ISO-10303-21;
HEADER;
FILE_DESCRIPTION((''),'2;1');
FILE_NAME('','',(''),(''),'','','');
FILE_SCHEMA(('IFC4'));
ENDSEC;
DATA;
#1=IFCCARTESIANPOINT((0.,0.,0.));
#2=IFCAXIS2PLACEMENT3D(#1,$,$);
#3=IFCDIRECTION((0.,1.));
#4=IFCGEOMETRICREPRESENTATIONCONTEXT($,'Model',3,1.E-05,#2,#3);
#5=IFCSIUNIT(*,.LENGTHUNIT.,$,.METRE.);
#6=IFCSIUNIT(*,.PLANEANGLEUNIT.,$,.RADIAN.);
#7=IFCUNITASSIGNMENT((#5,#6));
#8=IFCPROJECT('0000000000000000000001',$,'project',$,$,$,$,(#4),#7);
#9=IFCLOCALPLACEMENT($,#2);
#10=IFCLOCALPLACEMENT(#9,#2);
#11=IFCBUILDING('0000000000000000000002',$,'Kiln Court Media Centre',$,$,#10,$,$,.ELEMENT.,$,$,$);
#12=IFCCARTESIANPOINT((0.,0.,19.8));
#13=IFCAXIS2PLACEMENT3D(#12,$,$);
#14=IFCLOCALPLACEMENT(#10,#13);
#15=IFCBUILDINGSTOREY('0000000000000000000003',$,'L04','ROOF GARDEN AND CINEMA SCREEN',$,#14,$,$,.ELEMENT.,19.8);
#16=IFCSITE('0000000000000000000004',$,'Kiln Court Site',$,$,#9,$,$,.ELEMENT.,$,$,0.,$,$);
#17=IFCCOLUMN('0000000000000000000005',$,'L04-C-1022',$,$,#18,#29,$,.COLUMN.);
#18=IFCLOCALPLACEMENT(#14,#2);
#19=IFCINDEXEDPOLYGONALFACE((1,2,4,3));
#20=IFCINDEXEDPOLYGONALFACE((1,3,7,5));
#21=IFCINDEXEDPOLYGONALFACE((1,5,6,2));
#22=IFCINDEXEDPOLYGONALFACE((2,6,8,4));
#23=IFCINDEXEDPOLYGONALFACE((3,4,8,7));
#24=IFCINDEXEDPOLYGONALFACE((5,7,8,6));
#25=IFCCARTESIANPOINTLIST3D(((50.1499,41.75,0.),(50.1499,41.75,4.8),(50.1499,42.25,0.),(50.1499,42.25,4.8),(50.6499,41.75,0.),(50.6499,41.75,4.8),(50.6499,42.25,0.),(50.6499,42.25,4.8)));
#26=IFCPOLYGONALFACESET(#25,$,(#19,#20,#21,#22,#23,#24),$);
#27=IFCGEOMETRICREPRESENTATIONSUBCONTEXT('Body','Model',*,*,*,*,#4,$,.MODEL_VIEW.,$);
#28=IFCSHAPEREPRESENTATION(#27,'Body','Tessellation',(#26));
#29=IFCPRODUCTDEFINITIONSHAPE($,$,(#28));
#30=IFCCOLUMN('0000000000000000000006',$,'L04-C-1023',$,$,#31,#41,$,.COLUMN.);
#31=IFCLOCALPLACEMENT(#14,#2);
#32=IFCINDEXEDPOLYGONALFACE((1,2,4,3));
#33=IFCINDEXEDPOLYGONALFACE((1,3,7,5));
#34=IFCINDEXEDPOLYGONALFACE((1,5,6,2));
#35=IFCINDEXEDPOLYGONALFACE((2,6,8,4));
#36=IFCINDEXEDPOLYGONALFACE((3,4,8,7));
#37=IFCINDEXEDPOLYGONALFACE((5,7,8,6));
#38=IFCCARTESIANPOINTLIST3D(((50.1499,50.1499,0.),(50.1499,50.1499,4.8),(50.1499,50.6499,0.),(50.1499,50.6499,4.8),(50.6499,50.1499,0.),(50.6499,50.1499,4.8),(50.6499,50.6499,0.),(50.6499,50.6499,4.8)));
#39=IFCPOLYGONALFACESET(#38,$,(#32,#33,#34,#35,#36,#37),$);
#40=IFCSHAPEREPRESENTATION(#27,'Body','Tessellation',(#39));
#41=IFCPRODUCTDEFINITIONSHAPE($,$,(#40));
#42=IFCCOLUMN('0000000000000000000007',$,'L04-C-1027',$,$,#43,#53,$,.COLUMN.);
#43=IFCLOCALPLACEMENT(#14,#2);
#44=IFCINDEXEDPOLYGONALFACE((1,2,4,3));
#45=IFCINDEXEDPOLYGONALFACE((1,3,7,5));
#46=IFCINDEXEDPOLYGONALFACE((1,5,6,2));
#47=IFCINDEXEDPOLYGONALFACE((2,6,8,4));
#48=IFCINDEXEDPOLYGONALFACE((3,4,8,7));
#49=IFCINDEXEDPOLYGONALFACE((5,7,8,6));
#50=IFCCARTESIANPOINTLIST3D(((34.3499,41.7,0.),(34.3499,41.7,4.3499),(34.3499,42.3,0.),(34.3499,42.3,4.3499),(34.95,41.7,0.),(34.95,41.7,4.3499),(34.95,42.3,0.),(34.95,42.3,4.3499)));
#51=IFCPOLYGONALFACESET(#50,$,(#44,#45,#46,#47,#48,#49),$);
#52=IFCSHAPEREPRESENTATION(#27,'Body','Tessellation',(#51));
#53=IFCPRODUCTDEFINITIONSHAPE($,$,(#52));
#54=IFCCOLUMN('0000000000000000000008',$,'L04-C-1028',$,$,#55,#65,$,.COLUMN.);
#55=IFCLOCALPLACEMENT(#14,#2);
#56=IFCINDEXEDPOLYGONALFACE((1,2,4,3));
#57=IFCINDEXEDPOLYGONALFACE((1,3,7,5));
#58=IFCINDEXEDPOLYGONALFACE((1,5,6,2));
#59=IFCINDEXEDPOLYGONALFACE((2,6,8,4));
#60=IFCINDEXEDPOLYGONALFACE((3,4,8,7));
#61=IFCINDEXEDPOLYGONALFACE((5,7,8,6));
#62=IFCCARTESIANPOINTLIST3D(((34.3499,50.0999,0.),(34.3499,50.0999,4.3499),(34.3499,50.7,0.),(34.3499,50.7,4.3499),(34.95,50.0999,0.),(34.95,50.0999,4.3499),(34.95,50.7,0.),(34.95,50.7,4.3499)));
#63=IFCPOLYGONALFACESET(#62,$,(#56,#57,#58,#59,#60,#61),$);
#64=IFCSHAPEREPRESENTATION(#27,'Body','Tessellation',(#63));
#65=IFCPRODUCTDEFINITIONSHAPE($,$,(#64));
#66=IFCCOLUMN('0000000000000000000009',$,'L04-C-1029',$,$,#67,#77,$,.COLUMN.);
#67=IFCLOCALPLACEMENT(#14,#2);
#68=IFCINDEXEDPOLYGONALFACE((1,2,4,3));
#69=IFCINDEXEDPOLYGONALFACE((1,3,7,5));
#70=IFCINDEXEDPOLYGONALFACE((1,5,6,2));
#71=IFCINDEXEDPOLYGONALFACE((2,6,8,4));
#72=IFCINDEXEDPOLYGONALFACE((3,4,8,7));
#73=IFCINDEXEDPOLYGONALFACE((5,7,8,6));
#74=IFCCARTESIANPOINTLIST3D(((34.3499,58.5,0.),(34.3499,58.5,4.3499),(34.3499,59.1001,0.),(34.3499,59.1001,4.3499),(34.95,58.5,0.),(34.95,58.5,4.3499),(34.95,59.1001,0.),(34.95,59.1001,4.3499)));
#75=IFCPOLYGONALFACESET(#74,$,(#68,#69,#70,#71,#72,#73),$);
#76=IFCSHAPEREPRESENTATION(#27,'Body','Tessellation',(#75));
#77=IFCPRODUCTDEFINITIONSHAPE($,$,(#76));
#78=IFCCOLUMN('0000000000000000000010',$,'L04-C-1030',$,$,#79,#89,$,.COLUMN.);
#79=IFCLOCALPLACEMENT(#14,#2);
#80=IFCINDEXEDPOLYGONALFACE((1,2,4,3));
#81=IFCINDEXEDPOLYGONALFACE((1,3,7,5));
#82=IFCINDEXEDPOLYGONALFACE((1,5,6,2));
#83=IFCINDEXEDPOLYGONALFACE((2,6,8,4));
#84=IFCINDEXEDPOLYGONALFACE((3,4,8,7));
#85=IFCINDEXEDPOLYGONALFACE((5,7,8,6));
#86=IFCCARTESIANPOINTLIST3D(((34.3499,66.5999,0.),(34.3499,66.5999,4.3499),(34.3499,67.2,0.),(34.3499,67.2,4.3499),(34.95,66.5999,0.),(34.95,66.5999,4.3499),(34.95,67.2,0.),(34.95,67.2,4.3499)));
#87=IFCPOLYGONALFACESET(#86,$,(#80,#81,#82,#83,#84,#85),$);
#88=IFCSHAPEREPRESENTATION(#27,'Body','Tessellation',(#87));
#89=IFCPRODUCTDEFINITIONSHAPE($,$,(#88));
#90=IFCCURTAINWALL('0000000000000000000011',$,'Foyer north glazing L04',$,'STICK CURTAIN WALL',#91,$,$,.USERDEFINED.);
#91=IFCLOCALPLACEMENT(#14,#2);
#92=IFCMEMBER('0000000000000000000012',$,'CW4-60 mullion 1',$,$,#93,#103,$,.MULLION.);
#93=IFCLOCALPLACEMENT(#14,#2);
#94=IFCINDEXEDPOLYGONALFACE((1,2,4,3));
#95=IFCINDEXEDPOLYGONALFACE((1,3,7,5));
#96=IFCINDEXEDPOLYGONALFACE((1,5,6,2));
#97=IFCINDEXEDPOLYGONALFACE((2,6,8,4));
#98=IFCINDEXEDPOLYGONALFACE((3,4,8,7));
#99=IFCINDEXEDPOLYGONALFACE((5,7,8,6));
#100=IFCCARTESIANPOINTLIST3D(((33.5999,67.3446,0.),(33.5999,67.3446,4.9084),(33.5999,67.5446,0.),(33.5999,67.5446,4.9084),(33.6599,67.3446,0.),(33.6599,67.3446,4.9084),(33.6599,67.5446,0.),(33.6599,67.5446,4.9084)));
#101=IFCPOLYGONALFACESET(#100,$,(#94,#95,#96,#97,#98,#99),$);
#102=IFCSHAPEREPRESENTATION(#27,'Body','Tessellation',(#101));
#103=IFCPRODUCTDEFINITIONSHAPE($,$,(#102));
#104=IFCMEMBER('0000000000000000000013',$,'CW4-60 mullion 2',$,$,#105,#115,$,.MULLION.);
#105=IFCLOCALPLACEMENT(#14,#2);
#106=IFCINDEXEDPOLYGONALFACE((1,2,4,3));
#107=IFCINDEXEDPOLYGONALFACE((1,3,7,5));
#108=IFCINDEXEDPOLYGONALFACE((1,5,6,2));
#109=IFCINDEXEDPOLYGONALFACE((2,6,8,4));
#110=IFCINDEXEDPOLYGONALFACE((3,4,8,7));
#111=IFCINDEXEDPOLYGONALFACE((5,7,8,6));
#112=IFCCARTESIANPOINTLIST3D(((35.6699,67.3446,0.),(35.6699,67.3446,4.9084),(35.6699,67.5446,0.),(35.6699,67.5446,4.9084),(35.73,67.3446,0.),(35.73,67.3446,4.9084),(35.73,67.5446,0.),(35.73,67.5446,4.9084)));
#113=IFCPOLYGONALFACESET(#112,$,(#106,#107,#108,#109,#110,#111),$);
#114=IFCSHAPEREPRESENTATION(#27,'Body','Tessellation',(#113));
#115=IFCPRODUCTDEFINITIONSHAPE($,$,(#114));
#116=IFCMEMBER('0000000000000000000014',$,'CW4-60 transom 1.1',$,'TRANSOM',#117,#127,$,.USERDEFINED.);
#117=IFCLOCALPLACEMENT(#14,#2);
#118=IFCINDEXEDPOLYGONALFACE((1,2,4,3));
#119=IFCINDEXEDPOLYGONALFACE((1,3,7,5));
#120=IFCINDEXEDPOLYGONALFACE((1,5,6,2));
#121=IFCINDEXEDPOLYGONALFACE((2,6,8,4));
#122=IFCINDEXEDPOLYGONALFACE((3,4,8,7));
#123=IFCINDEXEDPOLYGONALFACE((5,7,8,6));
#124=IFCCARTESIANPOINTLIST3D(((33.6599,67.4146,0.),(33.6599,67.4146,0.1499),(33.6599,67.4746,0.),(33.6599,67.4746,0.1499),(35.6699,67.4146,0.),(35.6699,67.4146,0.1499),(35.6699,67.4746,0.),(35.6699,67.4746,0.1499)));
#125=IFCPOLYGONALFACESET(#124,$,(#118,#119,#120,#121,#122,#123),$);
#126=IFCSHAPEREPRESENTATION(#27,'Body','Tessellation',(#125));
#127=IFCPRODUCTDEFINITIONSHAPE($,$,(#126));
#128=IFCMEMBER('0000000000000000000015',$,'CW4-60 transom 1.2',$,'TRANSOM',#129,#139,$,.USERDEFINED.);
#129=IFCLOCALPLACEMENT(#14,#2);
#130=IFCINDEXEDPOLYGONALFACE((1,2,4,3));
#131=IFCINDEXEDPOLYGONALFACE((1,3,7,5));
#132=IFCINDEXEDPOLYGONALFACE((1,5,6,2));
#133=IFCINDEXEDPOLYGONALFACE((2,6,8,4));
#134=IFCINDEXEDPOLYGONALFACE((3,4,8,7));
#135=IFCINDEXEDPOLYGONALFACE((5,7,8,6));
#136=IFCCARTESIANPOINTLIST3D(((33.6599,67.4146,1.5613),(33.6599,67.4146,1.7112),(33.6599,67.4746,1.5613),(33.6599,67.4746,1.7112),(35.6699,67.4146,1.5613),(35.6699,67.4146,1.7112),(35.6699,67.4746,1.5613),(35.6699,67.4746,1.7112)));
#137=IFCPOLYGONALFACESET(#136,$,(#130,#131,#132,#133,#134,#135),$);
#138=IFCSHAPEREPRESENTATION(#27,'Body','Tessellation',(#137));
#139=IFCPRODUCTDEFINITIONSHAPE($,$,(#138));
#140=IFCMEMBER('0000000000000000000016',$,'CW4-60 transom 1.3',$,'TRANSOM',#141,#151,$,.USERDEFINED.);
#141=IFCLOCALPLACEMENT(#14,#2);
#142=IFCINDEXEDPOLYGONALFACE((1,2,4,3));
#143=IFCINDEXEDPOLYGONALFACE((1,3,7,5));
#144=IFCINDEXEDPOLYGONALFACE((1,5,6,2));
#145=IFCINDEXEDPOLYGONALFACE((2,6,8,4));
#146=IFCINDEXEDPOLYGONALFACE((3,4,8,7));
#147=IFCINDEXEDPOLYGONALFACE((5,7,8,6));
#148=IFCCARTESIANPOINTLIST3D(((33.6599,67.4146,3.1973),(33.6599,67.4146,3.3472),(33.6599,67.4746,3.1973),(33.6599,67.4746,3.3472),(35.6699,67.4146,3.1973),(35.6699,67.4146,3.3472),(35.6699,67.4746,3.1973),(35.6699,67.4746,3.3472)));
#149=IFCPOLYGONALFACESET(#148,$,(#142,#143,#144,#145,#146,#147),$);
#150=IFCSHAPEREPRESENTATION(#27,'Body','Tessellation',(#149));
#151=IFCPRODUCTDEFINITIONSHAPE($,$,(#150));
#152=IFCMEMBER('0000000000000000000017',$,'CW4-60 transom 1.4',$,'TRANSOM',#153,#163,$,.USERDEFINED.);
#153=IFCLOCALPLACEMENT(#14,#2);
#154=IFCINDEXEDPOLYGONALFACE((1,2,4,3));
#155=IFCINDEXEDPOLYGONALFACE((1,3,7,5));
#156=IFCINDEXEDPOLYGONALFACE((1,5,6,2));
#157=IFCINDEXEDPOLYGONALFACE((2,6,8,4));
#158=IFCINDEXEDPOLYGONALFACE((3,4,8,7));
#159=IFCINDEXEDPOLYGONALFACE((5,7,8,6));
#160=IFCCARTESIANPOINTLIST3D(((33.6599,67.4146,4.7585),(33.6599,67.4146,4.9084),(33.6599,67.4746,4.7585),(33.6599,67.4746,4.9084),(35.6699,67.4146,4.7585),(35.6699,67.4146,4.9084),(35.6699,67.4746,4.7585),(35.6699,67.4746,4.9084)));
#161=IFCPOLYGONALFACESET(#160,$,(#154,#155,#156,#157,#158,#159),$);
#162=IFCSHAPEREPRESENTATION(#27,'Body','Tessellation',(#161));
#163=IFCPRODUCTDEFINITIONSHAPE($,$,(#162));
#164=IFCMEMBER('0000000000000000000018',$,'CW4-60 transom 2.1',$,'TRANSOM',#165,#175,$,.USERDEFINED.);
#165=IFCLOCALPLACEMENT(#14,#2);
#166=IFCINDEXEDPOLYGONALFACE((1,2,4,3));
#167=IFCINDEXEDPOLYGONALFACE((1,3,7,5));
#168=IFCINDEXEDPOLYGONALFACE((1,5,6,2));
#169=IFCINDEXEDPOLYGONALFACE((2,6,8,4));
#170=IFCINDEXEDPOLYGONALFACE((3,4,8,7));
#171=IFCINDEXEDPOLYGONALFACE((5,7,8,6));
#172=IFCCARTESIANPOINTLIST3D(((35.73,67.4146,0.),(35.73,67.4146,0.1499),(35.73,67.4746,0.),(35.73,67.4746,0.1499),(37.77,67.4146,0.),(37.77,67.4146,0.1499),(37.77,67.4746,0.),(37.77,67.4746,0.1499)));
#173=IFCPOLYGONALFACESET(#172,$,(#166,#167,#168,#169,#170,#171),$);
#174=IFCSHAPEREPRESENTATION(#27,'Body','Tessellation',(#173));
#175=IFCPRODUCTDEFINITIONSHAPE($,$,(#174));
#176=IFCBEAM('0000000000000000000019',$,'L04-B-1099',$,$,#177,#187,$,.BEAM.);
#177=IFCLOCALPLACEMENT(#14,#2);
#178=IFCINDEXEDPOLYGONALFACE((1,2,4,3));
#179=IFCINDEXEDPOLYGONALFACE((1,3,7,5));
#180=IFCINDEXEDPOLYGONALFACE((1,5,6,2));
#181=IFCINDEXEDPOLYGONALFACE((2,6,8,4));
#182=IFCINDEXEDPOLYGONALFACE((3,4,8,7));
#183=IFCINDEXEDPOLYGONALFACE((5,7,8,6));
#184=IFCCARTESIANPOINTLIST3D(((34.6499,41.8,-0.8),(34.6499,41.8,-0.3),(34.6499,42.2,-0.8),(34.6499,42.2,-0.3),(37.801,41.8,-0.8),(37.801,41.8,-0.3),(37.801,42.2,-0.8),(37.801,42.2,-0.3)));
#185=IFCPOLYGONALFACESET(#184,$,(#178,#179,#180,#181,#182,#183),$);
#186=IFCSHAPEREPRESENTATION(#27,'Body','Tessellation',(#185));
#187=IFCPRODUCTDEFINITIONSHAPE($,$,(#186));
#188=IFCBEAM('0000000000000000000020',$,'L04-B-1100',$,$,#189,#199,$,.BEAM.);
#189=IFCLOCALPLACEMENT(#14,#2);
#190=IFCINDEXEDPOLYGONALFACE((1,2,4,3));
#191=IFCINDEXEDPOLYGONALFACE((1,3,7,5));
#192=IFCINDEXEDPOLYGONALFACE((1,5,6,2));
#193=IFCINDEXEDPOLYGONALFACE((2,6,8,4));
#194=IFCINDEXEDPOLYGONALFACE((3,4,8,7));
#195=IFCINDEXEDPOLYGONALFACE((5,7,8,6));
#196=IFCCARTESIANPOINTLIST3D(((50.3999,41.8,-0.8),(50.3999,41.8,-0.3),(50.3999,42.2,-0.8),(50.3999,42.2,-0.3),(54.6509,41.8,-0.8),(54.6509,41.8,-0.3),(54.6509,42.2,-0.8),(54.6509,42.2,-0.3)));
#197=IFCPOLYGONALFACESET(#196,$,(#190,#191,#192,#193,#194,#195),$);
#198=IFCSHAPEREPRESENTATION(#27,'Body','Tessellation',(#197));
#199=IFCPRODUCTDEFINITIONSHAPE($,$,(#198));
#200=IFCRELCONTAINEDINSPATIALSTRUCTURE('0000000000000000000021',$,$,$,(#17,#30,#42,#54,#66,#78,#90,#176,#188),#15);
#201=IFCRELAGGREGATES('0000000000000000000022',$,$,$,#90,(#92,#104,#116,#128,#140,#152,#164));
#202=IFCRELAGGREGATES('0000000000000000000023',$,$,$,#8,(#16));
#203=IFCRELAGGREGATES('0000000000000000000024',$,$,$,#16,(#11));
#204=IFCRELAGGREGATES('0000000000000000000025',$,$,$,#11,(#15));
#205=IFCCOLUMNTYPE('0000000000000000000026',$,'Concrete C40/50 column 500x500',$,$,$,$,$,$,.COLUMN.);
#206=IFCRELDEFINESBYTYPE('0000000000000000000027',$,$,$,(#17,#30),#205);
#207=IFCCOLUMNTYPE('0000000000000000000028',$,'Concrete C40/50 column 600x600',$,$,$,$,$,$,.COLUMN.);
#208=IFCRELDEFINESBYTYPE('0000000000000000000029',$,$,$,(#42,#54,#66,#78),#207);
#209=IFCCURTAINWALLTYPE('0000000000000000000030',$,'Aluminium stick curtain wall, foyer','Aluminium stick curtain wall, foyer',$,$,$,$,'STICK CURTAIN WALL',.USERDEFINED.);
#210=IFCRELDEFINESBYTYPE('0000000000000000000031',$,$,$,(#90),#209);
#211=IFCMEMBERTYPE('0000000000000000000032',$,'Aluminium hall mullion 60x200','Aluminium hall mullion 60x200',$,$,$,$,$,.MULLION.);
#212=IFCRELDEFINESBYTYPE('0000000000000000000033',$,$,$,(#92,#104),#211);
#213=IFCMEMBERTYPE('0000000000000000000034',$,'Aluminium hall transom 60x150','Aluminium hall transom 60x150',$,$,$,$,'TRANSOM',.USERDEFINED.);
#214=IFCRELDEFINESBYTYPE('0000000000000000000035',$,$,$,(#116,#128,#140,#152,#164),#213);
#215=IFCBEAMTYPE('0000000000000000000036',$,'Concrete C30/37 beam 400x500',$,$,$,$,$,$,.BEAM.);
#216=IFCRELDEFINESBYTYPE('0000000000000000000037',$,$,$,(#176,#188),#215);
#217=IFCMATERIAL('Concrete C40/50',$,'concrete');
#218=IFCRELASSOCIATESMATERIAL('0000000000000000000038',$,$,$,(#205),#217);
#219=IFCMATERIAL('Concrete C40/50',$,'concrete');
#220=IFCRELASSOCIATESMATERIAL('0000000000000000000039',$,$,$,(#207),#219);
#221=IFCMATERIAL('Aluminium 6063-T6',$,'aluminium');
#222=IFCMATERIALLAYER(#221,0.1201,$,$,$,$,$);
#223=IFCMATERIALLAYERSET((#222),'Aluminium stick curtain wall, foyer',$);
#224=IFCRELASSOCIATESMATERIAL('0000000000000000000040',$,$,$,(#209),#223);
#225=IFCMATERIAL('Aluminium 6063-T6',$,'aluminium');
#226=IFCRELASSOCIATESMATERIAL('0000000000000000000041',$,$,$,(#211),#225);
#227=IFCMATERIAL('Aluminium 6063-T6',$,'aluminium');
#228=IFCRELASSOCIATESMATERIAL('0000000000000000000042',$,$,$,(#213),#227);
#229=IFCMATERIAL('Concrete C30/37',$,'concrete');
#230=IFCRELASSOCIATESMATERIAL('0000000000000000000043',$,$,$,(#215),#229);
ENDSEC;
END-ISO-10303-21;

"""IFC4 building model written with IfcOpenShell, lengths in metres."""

from ifc_helpers import new_model, si_unit, direction, frame, origin, origin_2d, place, context, subcontext, project, spatial, rectangle, extrude, material, layer, layer_set, material_profile, profile_set, type_object, element, aggregate, save


model = new_model("IFC4")

# Units and contexts
model_context = context("Model", 3, precision=1e-05, world=origin(), true_north=direction((0.0, 1.0)))
body_context = subcontext(model_context, "Body", "Model", "MODEL_VIEW")
ifc_project = project(units=[si_unit("LENGTHUNIT", "METRE"), si_unit("PLANEANGLEUNIT", "RADIAN")], contexts=[model_context])

# Site, building, storey
site_placement = place(None, origin())
site = spatial("IfcSite", under=ifc_project, at=site_placement, Name="Kiln Court Site", CompositionType="ELEMENT", RefElevation=0.0)
building_placement = place(site_placement, origin())
building = spatial("IfcBuilding", under=site, at=building_placement, Name="Kiln Court Media Centre", CompositionType="ELEMENT")
storey_placement = place(building_placement, frame((0.0, 0.0, 19.8)))
storey = spatial("IfcBuildingStorey", under=building, at=storey_placement, Name="L04", Description="ROOF GARDEN AND CINEMA SCREEN", CompositionType="ELEMENT", Elevation=19.8)

# Columns
ifc_material_1 = material(Name="Concrete C40/50", Category="concrete")
ifc_material_profile_1 = material_profile(ifc_material_1, rectangle(XDim=0.5, YDim=0.5, at=origin_2d()), Name="RC 500x500")
ifc_profile_set_1 = profile_set([ifc_material_profile_1], Name="Concrete C40/50")
column_type_1 = type_object("IfcColumnType", Name="Concrete C40/50 column 500x500", PredefinedType="COLUMN", material=ifc_profile_set_1)
for number, where, z_axis, x_axis, name in (
    (1, (50.3999, 42.0, 0.0), (0.0, 0.0, 1.0), (1.0, 0.0, 0.0), "L04-C-1022"),
    (2, (50.3999, 50.3999, 0.0), (0.0, 0.0, 1.0), (1.0, 0.0, 0.0), "L04-C-1023"),
):
    element("IfcColumn", number, at=place(storey_placement, frame(where, z_axis=z_axis, x_axis=x_axis)), inside=storey, type_object=column_type_1, Name=name, PredefinedType="COLUMN", context=body_context, shape_type="SweptSolid", body=[
        extrude(rectangle(XDim=0.5, YDim=0.5, at=origin_2d()), origin(), (0.0, 0.0, 1.0), 4.8),
    ])
ifc_material_2 = material(Name="Concrete C40/50", Category="concrete")
ifc_material_profile_2 = material_profile(ifc_material_2, rectangle(XDim=0.6001, YDim=0.6001, at=origin_2d()), Name="RC 600x600")
ifc_profile_set_2 = profile_set([ifc_material_profile_2], Name="Concrete C40/50")
column_type_2 = type_object("IfcColumnType", Name="Concrete C40/50 column 600x600", PredefinedType="COLUMN", material=ifc_profile_set_2)
for number, where, z_axis, x_axis, name in (
    (3, (34.6499, 42.0, 0.0), (0.0, 0.0, 1.0), (1.0, 0.0, 0.0), "L04-C-1027"),
    (4, (34.6499, 50.3999, 0.0), (0.0, 0.0, 1.0), (1.0, 0.0, 0.0), "L04-C-1028"),
    (5, (34.6499, 58.8, 0.0), (0.0, 0.0, 1.0), (1.0, 0.0, 0.0), "L04-C-1029"),
    (6, (34.6499, 66.8999, 0.0), (0.0, 0.0, 1.0), (1.0, 0.0, 0.0), "L04-C-1030"),
):
    element("IfcColumn", number, at=place(storey_placement, frame(where, z_axis=z_axis, x_axis=x_axis)), inside=storey, type_object=column_type_2, Name=name, PredefinedType="COLUMN", context=body_context, shape_type="SweptSolid", body=[
        extrude(rectangle(XDim=0.6001, YDim=0.6001, at=origin_2d()), origin(), (0.0, 0.0, 1.0), 4.3499),
    ])

# Curtain wall, members
ifc_material_3 = material(Name="Aluminium 6063-T6", Category="aluminium")
ifc_layer_1 = layer(ifc_material_3, 0.1201)
ifc_layer_set_1 = layer_set([ifc_layer_1], Name="Aluminium stick curtain wall, foyer")
curtain_wall_type = type_object("IfcCurtainWallType", Name="Aluminium stick curtain wall, foyer", Description="Aluminium stick curtain wall, foyer", ElementType="STICK CURTAIN WALL", PredefinedType="USERDEFINED", material=ifc_layer_set_1)
curtain_wall_placement = place(storey_placement, origin())
curtain_wall = element("IfcCurtainWall", 7, at=curtain_wall_placement, inside=storey, type_object=curtain_wall_type, Name="Foyer north glazing L04", ObjectType="STICK CURTAIN WALL", PredefinedType="USERDEFINED")
ifc_material_4 = material(Name="Aluminium 6063-T6", Category="aluminium")
ifc_material_profile_3 = material_profile(ifc_material_4, rectangle(XDim=0.0601, YDim=0.2, at=origin_2d()), Name="Aluminium hall mullion 60x200")
ifc_profile_set_3 = profile_set([ifc_material_profile_3], Name="Aluminium 6063-T6")
member_type_1 = type_object("IfcMemberType", Name="Aluminium hall mullion 60x200", Description="Aluminium hall mullion 60x200", PredefinedType="MULLION", material=ifc_profile_set_3)
member_1_placement = place(storey_placement, frame((33.6299, 67.4446, 0.0), z_axis=(0.0, 0.0, 1.0), x_axis=(1.0, 0.0, 0.0)))
member_1 = element("IfcMember", 8, at=member_1_placement, type_object=member_type_1, Name="CW4-60 mullion 1", PredefinedType="MULLION", context=body_context, shape_type="SweptSolid", body=[
    extrude(rectangle(XDim=0.0601, YDim=0.2, at=origin_2d()), origin(), (0.0, 0.0, 1.0), 4.9084),
])
member_2_placement = place(storey_placement, frame((35.7, 67.4446, 0.0), z_axis=(0.0, 0.0, 1.0), x_axis=(1.0, 0.0, 0.0)))
member_2 = element("IfcMember", 9, at=member_2_placement, type_object=member_type_1, Name="CW4-60 mullion 2", PredefinedType="MULLION", context=body_context, shape_type="SweptSolid", body=[
    extrude(rectangle(XDim=0.0601, YDim=0.2, at=origin_2d()), origin(), (0.0, 0.0, 1.0), 4.9084),
])
ifc_material_5 = material(Name="Aluminium 6063-T6", Category="aluminium")
ifc_material_profile_4 = material_profile(ifc_material_5, rectangle(XDim=0.0601, YDim=0.1499, at=origin_2d()), Name="Aluminium hall transom 60x150")
ifc_profile_set_4 = profile_set([ifc_material_profile_4], Name="Aluminium 6063-T6")
member_type_2 = type_object("IfcMemberType", Name="Aluminium hall transom 60x150", Description="Aluminium hall transom 60x150", ElementType="TRANSOM", PredefinedType="USERDEFINED", material=ifc_profile_set_4)
member_3_placement = place(storey_placement, frame((33.6599, 67.4446, 0.075), z_axis=(1.0, 0.0, 0.0), x_axis=(0.0, 1.0, 0.0)))
member_3 = element("IfcMember", 10, at=member_3_placement, type_object=member_type_2, Name="CW4-60 transom 1.1", ObjectType="TRANSOM", PredefinedType="USERDEFINED", context=body_context, shape_type="SweptSolid", body=[
    extrude(rectangle(XDim=0.0601, YDim=0.1499, at=origin_2d()), origin(), (0.0, 0.0, 1.0), 2.01),
])
member_4_placement = place(storey_placement, frame((33.6599, 67.4446, 1.6362), z_axis=(1.0, 0.0, 0.0), x_axis=(0.0, 1.0, 0.0)))
member_4 = element("IfcMember", 11, at=member_4_placement, type_object=member_type_2, Name="CW4-60 transom 1.2", ObjectType="TRANSOM", PredefinedType="USERDEFINED", context=body_context, shape_type="SweptSolid", body=[
    extrude(rectangle(XDim=0.0601, YDim=0.1499, at=origin_2d()), origin(), (0.0, 0.0, 1.0), 2.01),
])
member_5_placement = place(storey_placement, frame((33.6599, 67.4446, 3.2722), z_axis=(1.0, 0.0, 0.0), x_axis=(0.0, 1.0, 0.0)))
member_5 = element("IfcMember", 12, at=member_5_placement, type_object=member_type_2, Name="CW4-60 transom 1.3", ObjectType="TRANSOM", PredefinedType="USERDEFINED", context=body_context, shape_type="SweptSolid", body=[
    extrude(rectangle(XDim=0.0601, YDim=0.1499, at=origin_2d()), origin(), (0.0, 0.0, 1.0), 2.01),
])
member_6_placement = place(storey_placement, frame((33.6599, 67.4446, 4.8335), z_axis=(1.0, 0.0, 0.0), x_axis=(0.0, 1.0, 0.0)))
member_6 = element("IfcMember", 13, at=member_6_placement, type_object=member_type_2, Name="CW4-60 transom 1.4", ObjectType="TRANSOM", PredefinedType="USERDEFINED", context=body_context, shape_type="SweptSolid", body=[
    extrude(rectangle(XDim=0.0601, YDim=0.1499, at=origin_2d()), origin(), (0.0, 0.0, 1.0), 2.01),
])
member_7_placement = place(storey_placement, frame((35.73, 67.4446, 0.075), z_axis=(1.0, 0.0, 0.0), x_axis=(0.0, 1.0, 0.0)))
member_7 = element("IfcMember", 14, at=member_7_placement, type_object=member_type_2, Name="CW4-60 transom 2.1", ObjectType="TRANSOM", PredefinedType="USERDEFINED", context=body_context, shape_type="SweptSolid", body=[
    extrude(rectangle(XDim=0.0601, YDim=0.1499, at=origin_2d()), origin(), (0.0, 0.0, 1.0), 2.04),
])

# Beams
ifc_material_6 = material(Name="Concrete C30/37", Category="concrete")
ifc_material_profile_5 = material_profile(ifc_material_6, rectangle(XDim=0.3999, YDim=0.5, at=origin_2d()), Name="RC 400x500")
ifc_profile_set_5 = profile_set([ifc_material_profile_5], Name="Concrete C30/37")
beam_type_1 = type_object("IfcBeamType", Name="Concrete C30/37 beam 400x500", PredefinedType="BEAM", material=ifc_profile_set_5)
beam_1_placement = place(storey_placement, frame((34.6499, 42.0, -0.55), z_axis=(1.0, 0.0, 0.0), x_axis=(0.0, 1.0, 0.0)))
element("IfcBeam", 15, at=beam_1_placement, inside=storey, type_object=beam_type_1, Name="L04-B-1099", PredefinedType="BEAM", context=body_context, shape_type="SweptSolid", body=[
    extrude(rectangle(XDim=0.3999, YDim=0.5, at=origin_2d()), origin(), (0.0, 0.0, 1.0), 3.1511),
])
beam_2_placement = place(storey_placement, frame((50.3999, 42.0, -0.55), z_axis=(1.0, 0.0, 0.0), x_axis=(0.0, 1.0, 0.0)))
element("IfcBeam", 16, at=beam_2_placement, inside=storey, type_object=beam_type_1, Name="L04-B-1100", PredefinedType="BEAM", context=body_context, shape_type="SweptSolid", body=[
    extrude(rectangle(XDim=0.3999, YDim=0.5, at=origin_2d()), origin(), (0.0, 0.0, 1.0), 4.251),
])

aggregate(curtain_wall, [member_1, member_2, member_3, member_4, member_5, member_6, member_7])

save(model, "model.ifc")
